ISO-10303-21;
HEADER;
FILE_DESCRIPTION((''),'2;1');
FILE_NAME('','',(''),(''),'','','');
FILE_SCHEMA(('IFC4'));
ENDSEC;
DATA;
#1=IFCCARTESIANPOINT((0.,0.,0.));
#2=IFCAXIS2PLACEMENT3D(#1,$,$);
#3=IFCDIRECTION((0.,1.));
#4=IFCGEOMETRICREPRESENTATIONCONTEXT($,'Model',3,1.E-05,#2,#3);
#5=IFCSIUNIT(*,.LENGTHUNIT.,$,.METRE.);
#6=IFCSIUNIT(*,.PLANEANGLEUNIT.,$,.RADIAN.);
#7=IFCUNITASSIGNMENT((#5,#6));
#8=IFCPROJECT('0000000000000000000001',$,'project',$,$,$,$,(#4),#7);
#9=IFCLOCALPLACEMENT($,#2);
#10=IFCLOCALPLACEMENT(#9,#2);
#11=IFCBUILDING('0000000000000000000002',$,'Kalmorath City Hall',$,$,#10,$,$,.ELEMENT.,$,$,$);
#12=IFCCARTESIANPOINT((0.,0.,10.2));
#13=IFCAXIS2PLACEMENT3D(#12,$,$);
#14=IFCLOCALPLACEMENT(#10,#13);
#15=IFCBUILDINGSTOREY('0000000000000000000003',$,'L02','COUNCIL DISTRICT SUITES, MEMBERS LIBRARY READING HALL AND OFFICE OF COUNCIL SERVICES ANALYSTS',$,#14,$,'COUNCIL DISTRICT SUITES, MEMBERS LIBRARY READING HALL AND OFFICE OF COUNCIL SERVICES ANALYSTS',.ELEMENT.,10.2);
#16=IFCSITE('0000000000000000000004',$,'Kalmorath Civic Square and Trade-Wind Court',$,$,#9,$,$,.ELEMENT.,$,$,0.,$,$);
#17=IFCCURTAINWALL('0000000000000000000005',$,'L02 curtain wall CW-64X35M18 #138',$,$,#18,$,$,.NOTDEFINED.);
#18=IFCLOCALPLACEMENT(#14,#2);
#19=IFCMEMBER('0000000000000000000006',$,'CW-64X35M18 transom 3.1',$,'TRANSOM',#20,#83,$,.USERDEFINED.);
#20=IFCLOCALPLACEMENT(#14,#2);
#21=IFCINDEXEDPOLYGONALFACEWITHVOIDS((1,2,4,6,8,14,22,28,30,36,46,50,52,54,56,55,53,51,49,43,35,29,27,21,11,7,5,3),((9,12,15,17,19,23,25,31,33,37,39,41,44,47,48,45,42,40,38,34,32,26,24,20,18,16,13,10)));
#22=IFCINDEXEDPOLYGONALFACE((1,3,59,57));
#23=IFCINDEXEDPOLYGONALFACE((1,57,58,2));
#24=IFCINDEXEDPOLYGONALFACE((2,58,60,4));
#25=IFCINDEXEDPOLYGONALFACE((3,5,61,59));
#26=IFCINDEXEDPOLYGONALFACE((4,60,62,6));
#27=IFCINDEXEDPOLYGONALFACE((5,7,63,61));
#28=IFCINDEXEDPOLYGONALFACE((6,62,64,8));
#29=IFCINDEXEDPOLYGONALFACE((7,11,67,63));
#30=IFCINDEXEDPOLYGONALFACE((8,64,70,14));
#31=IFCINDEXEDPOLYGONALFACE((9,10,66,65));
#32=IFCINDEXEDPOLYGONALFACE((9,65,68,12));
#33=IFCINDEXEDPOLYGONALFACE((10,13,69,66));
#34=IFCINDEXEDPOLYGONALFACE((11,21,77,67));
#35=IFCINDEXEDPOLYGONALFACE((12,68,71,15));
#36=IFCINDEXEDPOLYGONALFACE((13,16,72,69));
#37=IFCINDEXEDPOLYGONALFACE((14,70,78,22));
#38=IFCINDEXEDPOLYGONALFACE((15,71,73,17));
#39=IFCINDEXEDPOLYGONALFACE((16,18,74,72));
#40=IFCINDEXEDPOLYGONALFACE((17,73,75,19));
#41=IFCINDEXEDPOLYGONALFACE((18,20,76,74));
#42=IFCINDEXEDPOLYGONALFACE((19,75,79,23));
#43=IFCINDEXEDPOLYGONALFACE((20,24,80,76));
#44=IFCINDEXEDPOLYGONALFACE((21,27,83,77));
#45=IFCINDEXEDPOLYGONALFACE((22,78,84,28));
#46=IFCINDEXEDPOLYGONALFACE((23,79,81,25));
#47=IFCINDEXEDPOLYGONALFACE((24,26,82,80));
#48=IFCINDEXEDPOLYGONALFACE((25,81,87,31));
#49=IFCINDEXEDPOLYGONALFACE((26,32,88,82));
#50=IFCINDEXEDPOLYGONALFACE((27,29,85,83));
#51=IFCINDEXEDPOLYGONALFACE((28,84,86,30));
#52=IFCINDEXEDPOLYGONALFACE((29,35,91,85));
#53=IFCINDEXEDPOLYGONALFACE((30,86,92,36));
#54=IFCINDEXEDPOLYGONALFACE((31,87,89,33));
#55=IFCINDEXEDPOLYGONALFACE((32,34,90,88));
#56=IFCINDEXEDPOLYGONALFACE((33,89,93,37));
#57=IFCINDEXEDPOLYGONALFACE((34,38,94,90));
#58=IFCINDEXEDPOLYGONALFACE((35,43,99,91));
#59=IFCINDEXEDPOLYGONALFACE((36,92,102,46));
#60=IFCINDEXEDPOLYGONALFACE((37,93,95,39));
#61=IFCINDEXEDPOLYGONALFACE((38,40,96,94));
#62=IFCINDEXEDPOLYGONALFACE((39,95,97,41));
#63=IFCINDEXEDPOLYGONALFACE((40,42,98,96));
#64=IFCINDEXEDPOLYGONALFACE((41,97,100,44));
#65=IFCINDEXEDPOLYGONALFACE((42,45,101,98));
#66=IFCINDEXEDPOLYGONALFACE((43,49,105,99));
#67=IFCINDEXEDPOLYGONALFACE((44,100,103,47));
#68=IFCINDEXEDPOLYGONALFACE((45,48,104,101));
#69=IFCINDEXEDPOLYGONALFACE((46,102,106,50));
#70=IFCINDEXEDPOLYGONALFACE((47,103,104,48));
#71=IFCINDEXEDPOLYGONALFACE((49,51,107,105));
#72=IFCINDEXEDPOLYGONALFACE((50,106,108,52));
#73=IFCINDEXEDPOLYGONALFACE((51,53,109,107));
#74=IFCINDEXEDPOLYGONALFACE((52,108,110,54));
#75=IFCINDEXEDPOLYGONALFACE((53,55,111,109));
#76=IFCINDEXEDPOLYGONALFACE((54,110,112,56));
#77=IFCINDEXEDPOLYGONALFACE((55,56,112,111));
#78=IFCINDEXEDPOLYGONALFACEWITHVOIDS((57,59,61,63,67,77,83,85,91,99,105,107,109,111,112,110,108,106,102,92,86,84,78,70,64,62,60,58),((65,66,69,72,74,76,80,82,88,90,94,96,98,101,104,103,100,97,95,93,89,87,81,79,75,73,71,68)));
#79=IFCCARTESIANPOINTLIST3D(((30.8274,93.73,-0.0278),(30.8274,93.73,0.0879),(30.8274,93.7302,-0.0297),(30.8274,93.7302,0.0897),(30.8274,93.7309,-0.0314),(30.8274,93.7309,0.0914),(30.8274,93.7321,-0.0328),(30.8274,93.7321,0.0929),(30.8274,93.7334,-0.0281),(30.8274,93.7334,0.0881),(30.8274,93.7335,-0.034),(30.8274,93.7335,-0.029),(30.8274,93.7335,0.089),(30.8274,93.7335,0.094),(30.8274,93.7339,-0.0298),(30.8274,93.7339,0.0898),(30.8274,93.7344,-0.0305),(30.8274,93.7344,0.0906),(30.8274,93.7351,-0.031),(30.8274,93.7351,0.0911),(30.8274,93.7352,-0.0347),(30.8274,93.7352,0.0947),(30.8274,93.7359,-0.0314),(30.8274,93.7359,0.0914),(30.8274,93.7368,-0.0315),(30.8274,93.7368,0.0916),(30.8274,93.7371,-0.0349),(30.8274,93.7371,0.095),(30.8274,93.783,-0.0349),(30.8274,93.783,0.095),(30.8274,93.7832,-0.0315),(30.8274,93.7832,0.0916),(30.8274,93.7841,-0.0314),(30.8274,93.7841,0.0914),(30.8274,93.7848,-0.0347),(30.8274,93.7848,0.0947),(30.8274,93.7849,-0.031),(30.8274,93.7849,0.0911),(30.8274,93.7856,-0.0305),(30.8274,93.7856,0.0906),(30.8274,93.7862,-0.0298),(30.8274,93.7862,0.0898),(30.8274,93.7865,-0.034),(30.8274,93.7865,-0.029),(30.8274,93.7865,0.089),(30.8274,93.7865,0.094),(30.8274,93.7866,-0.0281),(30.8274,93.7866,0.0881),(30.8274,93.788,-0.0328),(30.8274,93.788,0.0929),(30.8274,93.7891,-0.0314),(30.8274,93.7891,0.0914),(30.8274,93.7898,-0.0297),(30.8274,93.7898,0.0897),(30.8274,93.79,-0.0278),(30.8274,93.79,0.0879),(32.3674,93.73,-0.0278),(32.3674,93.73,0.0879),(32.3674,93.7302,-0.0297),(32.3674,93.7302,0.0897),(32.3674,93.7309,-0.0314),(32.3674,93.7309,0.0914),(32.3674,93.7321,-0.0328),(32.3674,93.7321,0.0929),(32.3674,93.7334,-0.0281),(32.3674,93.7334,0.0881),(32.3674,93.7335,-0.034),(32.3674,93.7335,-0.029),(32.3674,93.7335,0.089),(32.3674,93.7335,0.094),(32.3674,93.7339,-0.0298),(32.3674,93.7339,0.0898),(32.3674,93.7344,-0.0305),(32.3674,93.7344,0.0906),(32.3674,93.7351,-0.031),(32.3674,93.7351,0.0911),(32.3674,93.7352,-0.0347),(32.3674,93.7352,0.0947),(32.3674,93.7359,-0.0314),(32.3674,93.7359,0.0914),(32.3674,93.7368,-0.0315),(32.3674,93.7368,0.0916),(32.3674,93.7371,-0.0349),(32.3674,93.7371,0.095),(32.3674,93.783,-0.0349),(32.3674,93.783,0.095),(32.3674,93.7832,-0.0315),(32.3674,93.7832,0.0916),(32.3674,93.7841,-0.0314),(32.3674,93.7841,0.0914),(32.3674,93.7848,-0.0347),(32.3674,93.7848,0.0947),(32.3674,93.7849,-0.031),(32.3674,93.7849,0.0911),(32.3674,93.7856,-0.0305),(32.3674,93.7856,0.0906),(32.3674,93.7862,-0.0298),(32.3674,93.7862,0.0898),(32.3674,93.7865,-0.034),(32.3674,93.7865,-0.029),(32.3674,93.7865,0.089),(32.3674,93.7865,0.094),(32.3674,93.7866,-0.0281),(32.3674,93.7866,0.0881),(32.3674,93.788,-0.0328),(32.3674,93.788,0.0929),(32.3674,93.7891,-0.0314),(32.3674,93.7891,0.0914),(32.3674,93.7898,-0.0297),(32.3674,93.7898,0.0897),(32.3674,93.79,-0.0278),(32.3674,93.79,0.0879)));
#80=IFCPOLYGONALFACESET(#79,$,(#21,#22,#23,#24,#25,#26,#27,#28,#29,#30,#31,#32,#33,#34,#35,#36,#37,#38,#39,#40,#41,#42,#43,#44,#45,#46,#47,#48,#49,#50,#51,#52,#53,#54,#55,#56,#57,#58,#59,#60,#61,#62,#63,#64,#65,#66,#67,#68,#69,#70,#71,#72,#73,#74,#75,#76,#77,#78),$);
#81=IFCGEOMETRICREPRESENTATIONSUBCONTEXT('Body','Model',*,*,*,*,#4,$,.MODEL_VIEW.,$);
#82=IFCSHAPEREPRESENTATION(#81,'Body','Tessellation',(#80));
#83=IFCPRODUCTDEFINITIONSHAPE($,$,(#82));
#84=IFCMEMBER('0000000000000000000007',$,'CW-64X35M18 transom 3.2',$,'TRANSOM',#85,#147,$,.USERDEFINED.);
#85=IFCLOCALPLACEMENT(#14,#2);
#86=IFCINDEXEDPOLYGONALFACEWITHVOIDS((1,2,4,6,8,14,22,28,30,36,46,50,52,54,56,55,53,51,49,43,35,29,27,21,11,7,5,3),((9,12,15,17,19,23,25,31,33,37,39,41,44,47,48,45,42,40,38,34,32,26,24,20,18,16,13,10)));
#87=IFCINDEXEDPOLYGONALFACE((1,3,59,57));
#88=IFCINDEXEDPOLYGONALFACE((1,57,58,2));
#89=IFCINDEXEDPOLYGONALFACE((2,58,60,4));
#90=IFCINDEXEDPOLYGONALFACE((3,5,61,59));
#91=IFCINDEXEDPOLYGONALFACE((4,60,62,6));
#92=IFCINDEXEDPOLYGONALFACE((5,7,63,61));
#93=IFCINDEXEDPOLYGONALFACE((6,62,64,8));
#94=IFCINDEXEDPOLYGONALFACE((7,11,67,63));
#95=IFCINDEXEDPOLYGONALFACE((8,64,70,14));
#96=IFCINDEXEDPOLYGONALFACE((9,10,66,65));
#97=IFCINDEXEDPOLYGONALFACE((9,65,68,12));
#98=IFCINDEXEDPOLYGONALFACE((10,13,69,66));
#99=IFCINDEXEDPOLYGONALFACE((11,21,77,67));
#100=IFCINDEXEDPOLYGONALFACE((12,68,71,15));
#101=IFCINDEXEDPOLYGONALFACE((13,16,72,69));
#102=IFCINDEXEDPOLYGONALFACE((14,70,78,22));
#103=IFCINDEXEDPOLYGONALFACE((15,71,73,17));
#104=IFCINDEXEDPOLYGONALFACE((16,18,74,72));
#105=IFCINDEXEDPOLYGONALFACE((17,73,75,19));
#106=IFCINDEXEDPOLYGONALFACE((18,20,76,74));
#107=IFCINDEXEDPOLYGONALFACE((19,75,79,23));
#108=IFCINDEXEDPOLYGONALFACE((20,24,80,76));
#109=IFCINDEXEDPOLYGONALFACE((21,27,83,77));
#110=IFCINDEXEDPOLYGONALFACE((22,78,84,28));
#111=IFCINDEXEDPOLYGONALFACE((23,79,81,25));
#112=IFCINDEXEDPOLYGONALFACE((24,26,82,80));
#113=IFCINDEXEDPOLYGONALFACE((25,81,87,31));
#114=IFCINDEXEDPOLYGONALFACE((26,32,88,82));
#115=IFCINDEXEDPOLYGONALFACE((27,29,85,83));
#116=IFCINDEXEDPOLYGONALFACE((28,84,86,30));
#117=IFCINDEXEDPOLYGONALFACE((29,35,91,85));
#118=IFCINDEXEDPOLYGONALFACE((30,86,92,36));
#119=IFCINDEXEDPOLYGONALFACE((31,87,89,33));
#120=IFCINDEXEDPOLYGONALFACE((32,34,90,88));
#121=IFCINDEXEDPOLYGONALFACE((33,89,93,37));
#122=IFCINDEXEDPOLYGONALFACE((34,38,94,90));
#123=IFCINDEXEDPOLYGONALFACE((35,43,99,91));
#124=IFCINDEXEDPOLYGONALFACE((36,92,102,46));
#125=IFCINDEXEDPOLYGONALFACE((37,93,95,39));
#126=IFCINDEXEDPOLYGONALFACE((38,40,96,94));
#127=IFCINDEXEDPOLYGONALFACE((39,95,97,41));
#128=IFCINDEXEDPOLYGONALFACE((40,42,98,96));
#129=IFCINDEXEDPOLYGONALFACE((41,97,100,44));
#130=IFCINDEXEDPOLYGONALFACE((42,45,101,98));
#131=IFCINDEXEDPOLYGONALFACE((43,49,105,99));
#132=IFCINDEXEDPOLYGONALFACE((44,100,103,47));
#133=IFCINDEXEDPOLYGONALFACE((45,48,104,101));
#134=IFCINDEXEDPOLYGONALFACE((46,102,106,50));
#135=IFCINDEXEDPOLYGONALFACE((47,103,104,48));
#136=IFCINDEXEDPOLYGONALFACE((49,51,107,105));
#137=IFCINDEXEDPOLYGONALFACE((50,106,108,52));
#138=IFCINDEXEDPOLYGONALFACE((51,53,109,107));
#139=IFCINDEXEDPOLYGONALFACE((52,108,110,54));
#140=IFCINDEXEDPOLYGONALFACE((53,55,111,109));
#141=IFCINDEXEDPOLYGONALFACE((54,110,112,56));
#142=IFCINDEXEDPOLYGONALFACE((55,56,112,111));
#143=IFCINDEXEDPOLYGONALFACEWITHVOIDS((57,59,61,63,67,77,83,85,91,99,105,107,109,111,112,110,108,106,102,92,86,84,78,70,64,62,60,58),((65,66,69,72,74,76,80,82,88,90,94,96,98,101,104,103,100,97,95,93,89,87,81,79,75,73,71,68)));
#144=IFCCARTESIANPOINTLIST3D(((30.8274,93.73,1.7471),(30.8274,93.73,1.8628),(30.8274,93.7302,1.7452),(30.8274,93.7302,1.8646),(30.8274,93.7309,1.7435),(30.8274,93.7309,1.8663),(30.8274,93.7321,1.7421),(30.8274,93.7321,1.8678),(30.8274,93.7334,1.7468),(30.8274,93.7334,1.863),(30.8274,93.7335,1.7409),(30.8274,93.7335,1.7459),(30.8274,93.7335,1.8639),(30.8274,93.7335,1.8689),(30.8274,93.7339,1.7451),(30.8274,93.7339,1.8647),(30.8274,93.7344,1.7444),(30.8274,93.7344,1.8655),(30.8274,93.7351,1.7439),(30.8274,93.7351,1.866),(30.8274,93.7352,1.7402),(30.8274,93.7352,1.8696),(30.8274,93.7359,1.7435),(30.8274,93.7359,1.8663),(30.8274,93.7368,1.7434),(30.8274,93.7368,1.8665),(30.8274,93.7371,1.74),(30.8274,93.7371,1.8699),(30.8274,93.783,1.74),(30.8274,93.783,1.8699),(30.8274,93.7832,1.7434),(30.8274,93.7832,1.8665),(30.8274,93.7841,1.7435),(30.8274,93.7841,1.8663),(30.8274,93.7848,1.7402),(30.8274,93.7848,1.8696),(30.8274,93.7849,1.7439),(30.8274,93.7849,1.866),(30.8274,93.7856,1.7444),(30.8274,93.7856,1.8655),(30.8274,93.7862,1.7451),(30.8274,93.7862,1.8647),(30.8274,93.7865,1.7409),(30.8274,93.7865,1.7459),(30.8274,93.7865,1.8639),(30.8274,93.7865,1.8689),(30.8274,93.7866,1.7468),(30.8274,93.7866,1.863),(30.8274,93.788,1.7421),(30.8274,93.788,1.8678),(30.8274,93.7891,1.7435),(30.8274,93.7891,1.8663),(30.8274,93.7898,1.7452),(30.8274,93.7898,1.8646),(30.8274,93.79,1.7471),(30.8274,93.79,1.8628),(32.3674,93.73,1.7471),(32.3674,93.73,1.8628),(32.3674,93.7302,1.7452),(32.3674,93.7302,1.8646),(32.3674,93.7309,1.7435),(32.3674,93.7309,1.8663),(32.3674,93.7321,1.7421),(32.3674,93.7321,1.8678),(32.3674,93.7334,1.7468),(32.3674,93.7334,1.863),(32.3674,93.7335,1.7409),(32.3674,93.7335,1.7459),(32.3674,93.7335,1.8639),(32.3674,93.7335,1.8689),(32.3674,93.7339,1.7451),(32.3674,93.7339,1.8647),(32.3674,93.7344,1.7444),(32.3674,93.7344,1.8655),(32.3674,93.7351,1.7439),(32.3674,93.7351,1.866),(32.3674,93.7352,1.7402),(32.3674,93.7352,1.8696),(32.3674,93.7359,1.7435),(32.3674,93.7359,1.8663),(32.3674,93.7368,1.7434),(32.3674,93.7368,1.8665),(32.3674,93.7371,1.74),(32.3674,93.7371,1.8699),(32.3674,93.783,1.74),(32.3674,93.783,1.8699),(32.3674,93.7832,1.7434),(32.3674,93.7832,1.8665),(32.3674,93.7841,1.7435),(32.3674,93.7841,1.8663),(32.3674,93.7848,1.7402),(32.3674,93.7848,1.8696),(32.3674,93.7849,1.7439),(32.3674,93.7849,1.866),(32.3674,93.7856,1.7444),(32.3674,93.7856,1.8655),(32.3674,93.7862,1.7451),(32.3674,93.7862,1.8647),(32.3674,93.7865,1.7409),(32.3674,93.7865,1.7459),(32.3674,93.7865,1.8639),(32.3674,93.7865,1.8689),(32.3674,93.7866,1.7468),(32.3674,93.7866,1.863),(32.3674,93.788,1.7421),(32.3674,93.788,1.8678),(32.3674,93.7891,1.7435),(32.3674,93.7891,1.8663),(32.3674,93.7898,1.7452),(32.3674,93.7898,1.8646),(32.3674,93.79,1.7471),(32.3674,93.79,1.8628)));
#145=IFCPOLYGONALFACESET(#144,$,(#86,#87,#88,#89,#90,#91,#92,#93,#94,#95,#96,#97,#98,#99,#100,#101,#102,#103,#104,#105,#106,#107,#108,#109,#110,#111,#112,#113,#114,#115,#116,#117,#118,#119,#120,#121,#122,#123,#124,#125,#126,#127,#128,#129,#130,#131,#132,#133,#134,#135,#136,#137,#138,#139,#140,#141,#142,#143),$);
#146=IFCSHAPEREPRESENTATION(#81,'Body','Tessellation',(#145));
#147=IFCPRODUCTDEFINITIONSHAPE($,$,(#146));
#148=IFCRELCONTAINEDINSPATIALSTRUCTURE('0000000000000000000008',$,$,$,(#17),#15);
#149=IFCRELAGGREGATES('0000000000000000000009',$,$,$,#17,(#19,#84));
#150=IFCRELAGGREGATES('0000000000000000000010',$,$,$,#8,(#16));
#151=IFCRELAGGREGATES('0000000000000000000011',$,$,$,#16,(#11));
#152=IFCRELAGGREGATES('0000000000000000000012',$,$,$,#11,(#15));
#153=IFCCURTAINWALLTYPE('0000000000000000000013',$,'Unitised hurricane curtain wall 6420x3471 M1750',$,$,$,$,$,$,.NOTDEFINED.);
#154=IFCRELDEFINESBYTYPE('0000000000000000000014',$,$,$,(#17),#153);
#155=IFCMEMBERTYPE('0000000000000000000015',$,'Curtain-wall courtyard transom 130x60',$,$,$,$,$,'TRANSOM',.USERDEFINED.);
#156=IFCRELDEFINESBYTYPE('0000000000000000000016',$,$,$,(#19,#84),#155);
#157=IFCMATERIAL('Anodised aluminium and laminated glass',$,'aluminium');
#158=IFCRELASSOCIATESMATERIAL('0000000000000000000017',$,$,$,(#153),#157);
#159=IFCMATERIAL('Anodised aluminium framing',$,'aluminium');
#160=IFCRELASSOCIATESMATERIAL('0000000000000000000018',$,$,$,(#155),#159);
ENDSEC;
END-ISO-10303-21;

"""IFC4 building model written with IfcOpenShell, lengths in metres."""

from ifc_helpers import new_model, si_unit, direction, frame, origin, origin_2d, place, context, subcontext, project, spatial, hollow_rectangle, extrude, material, material_profile, profile_set, type_object, element, aggregate, save


model = new_model("IFC4")

# Units and contexts
model_context = context("Model", 3, precision=1e-05, world=origin(), true_north=direction((0.0, 1.0)))
body_context = subcontext(model_context, "Body", "Model", "MODEL_VIEW")
ifc_project = project(units=[si_unit("LENGTHUNIT", "METRE"), si_unit("PLANEANGLEUNIT", "RADIAN")], contexts=[model_context])

# Site, building, storey
site_placement = place(None, origin())
site = spatial("IfcSite", under=ifc_project, at=site_placement, Name="Kalmorath Civic Square and Trade-Wind Court", CompositionType="ELEMENT", RefElevation=0.0)
building_placement = place(site_placement, origin())
building = spatial("IfcBuilding", under=site, at=building_placement, Name="Kalmorath City Hall", CompositionType="ELEMENT")
storey_placement = place(building_placement, frame((0.0, 0.0, 10.2)))
storey = spatial("IfcBuildingStorey", under=building, at=storey_placement, Name="L02", Description="COUNCIL DISTRICT SUITES, MEMBERS LIBRARY READING HALL AND OFFICE OF COUNCIL SERVICES ANALYSTS", LongName="COUNCIL DISTRICT SUITES, MEMBERS LIBRARY READING HALL AND OFFICE OF COUNCIL SERVICES ANALYSTS", CompositionType="ELEMENT", Elevation=10.2)

# Curtain wall, members
ifc_material_1 = material(Name="Anodised aluminium and laminated glass", Category="aluminium")
curtain_wall_type = type_object("IfcCurtainWallType", Name="Unitised hurricane curtain wall 6420x3471 M1750", PredefinedType="NOTDEFINED", material=ifc_material_1)
curtain_wall_placement = place(storey_placement, origin())
curtain_wall = element("IfcCurtainWall", 1, at=curtain_wall_placement, inside=storey, type_object=curtain_wall_type, Name="L02 curtain wall CW-64X35M18 #138", PredefinedType="NOTDEFINED")
ifc_material_2 = material(Name="Anodised aluminium framing", Category="aluminium")
ifc_material_profile_1 = material_profile(ifc_material_2, hollow_rectangle(XDim=0.0601, YDim=0.1299, WallThickness=0.0034, InnerFilletRadius=0.0034, OuterFilletRadius=0.0071, at=origin_2d()), Name="ALU-TRN-130X60X3.5")
ifc_profile_set_1 = profile_set([ifc_material_profile_1], Name="Anodised aluminium framing")
member_type_1 = type_object("IfcMemberType", Name="Curtain-wall courtyard transom 130x60", ElementType="TRANSOM", PredefinedType="USERDEFINED", material=ifc_profile_set_1)
member_1_placement = place(storey_placement, frame((32.3674, 93.76, 0.03), z_axis=(-1.0, 0.0, 0.0), x_axis=(0.0, -1.0, 0.0)))
member_1 = element("IfcMember", 2, at=member_1_placement, type_object=member_type_1, Name="CW-64X35M18 transom 3.1", ObjectType="TRANSOM", PredefinedType="USERDEFINED", context=body_context, shape_type="SweptSolid", body=[
    extrude(hollow_rectangle(XDim=0.0601, YDim=0.1299, WallThickness=0.0034, InnerFilletRadius=0.0034, OuterFilletRadius=0.0071, at=origin_2d()), origin(), (0.0, 0.0, 1.0), 1.54),
])
member_2_placement = place(storey_placement, frame((32.3674, 93.76, 1.8049), z_axis=(-1.0, 0.0, 0.0), x_axis=(0.0, -1.0, 0.0)))
member_2 = element("IfcMember", 3, at=member_2_placement, type_object=member_type_1, Name="CW-64X35M18 transom 3.2", ObjectType="TRANSOM", PredefinedType="USERDEFINED", context=body_context, shape_type="SweptSolid", body=[
    extrude(hollow_rectangle(XDim=0.0601, YDim=0.1299, WallThickness=0.0034, InnerFilletRadius=0.0034, OuterFilletRadius=0.0071, at=origin_2d()), origin(), (0.0, 0.0, 1.0), 1.54),
])

aggregate(curtain_wall, [member_1, member_2])

save(model, "model.ifc")
